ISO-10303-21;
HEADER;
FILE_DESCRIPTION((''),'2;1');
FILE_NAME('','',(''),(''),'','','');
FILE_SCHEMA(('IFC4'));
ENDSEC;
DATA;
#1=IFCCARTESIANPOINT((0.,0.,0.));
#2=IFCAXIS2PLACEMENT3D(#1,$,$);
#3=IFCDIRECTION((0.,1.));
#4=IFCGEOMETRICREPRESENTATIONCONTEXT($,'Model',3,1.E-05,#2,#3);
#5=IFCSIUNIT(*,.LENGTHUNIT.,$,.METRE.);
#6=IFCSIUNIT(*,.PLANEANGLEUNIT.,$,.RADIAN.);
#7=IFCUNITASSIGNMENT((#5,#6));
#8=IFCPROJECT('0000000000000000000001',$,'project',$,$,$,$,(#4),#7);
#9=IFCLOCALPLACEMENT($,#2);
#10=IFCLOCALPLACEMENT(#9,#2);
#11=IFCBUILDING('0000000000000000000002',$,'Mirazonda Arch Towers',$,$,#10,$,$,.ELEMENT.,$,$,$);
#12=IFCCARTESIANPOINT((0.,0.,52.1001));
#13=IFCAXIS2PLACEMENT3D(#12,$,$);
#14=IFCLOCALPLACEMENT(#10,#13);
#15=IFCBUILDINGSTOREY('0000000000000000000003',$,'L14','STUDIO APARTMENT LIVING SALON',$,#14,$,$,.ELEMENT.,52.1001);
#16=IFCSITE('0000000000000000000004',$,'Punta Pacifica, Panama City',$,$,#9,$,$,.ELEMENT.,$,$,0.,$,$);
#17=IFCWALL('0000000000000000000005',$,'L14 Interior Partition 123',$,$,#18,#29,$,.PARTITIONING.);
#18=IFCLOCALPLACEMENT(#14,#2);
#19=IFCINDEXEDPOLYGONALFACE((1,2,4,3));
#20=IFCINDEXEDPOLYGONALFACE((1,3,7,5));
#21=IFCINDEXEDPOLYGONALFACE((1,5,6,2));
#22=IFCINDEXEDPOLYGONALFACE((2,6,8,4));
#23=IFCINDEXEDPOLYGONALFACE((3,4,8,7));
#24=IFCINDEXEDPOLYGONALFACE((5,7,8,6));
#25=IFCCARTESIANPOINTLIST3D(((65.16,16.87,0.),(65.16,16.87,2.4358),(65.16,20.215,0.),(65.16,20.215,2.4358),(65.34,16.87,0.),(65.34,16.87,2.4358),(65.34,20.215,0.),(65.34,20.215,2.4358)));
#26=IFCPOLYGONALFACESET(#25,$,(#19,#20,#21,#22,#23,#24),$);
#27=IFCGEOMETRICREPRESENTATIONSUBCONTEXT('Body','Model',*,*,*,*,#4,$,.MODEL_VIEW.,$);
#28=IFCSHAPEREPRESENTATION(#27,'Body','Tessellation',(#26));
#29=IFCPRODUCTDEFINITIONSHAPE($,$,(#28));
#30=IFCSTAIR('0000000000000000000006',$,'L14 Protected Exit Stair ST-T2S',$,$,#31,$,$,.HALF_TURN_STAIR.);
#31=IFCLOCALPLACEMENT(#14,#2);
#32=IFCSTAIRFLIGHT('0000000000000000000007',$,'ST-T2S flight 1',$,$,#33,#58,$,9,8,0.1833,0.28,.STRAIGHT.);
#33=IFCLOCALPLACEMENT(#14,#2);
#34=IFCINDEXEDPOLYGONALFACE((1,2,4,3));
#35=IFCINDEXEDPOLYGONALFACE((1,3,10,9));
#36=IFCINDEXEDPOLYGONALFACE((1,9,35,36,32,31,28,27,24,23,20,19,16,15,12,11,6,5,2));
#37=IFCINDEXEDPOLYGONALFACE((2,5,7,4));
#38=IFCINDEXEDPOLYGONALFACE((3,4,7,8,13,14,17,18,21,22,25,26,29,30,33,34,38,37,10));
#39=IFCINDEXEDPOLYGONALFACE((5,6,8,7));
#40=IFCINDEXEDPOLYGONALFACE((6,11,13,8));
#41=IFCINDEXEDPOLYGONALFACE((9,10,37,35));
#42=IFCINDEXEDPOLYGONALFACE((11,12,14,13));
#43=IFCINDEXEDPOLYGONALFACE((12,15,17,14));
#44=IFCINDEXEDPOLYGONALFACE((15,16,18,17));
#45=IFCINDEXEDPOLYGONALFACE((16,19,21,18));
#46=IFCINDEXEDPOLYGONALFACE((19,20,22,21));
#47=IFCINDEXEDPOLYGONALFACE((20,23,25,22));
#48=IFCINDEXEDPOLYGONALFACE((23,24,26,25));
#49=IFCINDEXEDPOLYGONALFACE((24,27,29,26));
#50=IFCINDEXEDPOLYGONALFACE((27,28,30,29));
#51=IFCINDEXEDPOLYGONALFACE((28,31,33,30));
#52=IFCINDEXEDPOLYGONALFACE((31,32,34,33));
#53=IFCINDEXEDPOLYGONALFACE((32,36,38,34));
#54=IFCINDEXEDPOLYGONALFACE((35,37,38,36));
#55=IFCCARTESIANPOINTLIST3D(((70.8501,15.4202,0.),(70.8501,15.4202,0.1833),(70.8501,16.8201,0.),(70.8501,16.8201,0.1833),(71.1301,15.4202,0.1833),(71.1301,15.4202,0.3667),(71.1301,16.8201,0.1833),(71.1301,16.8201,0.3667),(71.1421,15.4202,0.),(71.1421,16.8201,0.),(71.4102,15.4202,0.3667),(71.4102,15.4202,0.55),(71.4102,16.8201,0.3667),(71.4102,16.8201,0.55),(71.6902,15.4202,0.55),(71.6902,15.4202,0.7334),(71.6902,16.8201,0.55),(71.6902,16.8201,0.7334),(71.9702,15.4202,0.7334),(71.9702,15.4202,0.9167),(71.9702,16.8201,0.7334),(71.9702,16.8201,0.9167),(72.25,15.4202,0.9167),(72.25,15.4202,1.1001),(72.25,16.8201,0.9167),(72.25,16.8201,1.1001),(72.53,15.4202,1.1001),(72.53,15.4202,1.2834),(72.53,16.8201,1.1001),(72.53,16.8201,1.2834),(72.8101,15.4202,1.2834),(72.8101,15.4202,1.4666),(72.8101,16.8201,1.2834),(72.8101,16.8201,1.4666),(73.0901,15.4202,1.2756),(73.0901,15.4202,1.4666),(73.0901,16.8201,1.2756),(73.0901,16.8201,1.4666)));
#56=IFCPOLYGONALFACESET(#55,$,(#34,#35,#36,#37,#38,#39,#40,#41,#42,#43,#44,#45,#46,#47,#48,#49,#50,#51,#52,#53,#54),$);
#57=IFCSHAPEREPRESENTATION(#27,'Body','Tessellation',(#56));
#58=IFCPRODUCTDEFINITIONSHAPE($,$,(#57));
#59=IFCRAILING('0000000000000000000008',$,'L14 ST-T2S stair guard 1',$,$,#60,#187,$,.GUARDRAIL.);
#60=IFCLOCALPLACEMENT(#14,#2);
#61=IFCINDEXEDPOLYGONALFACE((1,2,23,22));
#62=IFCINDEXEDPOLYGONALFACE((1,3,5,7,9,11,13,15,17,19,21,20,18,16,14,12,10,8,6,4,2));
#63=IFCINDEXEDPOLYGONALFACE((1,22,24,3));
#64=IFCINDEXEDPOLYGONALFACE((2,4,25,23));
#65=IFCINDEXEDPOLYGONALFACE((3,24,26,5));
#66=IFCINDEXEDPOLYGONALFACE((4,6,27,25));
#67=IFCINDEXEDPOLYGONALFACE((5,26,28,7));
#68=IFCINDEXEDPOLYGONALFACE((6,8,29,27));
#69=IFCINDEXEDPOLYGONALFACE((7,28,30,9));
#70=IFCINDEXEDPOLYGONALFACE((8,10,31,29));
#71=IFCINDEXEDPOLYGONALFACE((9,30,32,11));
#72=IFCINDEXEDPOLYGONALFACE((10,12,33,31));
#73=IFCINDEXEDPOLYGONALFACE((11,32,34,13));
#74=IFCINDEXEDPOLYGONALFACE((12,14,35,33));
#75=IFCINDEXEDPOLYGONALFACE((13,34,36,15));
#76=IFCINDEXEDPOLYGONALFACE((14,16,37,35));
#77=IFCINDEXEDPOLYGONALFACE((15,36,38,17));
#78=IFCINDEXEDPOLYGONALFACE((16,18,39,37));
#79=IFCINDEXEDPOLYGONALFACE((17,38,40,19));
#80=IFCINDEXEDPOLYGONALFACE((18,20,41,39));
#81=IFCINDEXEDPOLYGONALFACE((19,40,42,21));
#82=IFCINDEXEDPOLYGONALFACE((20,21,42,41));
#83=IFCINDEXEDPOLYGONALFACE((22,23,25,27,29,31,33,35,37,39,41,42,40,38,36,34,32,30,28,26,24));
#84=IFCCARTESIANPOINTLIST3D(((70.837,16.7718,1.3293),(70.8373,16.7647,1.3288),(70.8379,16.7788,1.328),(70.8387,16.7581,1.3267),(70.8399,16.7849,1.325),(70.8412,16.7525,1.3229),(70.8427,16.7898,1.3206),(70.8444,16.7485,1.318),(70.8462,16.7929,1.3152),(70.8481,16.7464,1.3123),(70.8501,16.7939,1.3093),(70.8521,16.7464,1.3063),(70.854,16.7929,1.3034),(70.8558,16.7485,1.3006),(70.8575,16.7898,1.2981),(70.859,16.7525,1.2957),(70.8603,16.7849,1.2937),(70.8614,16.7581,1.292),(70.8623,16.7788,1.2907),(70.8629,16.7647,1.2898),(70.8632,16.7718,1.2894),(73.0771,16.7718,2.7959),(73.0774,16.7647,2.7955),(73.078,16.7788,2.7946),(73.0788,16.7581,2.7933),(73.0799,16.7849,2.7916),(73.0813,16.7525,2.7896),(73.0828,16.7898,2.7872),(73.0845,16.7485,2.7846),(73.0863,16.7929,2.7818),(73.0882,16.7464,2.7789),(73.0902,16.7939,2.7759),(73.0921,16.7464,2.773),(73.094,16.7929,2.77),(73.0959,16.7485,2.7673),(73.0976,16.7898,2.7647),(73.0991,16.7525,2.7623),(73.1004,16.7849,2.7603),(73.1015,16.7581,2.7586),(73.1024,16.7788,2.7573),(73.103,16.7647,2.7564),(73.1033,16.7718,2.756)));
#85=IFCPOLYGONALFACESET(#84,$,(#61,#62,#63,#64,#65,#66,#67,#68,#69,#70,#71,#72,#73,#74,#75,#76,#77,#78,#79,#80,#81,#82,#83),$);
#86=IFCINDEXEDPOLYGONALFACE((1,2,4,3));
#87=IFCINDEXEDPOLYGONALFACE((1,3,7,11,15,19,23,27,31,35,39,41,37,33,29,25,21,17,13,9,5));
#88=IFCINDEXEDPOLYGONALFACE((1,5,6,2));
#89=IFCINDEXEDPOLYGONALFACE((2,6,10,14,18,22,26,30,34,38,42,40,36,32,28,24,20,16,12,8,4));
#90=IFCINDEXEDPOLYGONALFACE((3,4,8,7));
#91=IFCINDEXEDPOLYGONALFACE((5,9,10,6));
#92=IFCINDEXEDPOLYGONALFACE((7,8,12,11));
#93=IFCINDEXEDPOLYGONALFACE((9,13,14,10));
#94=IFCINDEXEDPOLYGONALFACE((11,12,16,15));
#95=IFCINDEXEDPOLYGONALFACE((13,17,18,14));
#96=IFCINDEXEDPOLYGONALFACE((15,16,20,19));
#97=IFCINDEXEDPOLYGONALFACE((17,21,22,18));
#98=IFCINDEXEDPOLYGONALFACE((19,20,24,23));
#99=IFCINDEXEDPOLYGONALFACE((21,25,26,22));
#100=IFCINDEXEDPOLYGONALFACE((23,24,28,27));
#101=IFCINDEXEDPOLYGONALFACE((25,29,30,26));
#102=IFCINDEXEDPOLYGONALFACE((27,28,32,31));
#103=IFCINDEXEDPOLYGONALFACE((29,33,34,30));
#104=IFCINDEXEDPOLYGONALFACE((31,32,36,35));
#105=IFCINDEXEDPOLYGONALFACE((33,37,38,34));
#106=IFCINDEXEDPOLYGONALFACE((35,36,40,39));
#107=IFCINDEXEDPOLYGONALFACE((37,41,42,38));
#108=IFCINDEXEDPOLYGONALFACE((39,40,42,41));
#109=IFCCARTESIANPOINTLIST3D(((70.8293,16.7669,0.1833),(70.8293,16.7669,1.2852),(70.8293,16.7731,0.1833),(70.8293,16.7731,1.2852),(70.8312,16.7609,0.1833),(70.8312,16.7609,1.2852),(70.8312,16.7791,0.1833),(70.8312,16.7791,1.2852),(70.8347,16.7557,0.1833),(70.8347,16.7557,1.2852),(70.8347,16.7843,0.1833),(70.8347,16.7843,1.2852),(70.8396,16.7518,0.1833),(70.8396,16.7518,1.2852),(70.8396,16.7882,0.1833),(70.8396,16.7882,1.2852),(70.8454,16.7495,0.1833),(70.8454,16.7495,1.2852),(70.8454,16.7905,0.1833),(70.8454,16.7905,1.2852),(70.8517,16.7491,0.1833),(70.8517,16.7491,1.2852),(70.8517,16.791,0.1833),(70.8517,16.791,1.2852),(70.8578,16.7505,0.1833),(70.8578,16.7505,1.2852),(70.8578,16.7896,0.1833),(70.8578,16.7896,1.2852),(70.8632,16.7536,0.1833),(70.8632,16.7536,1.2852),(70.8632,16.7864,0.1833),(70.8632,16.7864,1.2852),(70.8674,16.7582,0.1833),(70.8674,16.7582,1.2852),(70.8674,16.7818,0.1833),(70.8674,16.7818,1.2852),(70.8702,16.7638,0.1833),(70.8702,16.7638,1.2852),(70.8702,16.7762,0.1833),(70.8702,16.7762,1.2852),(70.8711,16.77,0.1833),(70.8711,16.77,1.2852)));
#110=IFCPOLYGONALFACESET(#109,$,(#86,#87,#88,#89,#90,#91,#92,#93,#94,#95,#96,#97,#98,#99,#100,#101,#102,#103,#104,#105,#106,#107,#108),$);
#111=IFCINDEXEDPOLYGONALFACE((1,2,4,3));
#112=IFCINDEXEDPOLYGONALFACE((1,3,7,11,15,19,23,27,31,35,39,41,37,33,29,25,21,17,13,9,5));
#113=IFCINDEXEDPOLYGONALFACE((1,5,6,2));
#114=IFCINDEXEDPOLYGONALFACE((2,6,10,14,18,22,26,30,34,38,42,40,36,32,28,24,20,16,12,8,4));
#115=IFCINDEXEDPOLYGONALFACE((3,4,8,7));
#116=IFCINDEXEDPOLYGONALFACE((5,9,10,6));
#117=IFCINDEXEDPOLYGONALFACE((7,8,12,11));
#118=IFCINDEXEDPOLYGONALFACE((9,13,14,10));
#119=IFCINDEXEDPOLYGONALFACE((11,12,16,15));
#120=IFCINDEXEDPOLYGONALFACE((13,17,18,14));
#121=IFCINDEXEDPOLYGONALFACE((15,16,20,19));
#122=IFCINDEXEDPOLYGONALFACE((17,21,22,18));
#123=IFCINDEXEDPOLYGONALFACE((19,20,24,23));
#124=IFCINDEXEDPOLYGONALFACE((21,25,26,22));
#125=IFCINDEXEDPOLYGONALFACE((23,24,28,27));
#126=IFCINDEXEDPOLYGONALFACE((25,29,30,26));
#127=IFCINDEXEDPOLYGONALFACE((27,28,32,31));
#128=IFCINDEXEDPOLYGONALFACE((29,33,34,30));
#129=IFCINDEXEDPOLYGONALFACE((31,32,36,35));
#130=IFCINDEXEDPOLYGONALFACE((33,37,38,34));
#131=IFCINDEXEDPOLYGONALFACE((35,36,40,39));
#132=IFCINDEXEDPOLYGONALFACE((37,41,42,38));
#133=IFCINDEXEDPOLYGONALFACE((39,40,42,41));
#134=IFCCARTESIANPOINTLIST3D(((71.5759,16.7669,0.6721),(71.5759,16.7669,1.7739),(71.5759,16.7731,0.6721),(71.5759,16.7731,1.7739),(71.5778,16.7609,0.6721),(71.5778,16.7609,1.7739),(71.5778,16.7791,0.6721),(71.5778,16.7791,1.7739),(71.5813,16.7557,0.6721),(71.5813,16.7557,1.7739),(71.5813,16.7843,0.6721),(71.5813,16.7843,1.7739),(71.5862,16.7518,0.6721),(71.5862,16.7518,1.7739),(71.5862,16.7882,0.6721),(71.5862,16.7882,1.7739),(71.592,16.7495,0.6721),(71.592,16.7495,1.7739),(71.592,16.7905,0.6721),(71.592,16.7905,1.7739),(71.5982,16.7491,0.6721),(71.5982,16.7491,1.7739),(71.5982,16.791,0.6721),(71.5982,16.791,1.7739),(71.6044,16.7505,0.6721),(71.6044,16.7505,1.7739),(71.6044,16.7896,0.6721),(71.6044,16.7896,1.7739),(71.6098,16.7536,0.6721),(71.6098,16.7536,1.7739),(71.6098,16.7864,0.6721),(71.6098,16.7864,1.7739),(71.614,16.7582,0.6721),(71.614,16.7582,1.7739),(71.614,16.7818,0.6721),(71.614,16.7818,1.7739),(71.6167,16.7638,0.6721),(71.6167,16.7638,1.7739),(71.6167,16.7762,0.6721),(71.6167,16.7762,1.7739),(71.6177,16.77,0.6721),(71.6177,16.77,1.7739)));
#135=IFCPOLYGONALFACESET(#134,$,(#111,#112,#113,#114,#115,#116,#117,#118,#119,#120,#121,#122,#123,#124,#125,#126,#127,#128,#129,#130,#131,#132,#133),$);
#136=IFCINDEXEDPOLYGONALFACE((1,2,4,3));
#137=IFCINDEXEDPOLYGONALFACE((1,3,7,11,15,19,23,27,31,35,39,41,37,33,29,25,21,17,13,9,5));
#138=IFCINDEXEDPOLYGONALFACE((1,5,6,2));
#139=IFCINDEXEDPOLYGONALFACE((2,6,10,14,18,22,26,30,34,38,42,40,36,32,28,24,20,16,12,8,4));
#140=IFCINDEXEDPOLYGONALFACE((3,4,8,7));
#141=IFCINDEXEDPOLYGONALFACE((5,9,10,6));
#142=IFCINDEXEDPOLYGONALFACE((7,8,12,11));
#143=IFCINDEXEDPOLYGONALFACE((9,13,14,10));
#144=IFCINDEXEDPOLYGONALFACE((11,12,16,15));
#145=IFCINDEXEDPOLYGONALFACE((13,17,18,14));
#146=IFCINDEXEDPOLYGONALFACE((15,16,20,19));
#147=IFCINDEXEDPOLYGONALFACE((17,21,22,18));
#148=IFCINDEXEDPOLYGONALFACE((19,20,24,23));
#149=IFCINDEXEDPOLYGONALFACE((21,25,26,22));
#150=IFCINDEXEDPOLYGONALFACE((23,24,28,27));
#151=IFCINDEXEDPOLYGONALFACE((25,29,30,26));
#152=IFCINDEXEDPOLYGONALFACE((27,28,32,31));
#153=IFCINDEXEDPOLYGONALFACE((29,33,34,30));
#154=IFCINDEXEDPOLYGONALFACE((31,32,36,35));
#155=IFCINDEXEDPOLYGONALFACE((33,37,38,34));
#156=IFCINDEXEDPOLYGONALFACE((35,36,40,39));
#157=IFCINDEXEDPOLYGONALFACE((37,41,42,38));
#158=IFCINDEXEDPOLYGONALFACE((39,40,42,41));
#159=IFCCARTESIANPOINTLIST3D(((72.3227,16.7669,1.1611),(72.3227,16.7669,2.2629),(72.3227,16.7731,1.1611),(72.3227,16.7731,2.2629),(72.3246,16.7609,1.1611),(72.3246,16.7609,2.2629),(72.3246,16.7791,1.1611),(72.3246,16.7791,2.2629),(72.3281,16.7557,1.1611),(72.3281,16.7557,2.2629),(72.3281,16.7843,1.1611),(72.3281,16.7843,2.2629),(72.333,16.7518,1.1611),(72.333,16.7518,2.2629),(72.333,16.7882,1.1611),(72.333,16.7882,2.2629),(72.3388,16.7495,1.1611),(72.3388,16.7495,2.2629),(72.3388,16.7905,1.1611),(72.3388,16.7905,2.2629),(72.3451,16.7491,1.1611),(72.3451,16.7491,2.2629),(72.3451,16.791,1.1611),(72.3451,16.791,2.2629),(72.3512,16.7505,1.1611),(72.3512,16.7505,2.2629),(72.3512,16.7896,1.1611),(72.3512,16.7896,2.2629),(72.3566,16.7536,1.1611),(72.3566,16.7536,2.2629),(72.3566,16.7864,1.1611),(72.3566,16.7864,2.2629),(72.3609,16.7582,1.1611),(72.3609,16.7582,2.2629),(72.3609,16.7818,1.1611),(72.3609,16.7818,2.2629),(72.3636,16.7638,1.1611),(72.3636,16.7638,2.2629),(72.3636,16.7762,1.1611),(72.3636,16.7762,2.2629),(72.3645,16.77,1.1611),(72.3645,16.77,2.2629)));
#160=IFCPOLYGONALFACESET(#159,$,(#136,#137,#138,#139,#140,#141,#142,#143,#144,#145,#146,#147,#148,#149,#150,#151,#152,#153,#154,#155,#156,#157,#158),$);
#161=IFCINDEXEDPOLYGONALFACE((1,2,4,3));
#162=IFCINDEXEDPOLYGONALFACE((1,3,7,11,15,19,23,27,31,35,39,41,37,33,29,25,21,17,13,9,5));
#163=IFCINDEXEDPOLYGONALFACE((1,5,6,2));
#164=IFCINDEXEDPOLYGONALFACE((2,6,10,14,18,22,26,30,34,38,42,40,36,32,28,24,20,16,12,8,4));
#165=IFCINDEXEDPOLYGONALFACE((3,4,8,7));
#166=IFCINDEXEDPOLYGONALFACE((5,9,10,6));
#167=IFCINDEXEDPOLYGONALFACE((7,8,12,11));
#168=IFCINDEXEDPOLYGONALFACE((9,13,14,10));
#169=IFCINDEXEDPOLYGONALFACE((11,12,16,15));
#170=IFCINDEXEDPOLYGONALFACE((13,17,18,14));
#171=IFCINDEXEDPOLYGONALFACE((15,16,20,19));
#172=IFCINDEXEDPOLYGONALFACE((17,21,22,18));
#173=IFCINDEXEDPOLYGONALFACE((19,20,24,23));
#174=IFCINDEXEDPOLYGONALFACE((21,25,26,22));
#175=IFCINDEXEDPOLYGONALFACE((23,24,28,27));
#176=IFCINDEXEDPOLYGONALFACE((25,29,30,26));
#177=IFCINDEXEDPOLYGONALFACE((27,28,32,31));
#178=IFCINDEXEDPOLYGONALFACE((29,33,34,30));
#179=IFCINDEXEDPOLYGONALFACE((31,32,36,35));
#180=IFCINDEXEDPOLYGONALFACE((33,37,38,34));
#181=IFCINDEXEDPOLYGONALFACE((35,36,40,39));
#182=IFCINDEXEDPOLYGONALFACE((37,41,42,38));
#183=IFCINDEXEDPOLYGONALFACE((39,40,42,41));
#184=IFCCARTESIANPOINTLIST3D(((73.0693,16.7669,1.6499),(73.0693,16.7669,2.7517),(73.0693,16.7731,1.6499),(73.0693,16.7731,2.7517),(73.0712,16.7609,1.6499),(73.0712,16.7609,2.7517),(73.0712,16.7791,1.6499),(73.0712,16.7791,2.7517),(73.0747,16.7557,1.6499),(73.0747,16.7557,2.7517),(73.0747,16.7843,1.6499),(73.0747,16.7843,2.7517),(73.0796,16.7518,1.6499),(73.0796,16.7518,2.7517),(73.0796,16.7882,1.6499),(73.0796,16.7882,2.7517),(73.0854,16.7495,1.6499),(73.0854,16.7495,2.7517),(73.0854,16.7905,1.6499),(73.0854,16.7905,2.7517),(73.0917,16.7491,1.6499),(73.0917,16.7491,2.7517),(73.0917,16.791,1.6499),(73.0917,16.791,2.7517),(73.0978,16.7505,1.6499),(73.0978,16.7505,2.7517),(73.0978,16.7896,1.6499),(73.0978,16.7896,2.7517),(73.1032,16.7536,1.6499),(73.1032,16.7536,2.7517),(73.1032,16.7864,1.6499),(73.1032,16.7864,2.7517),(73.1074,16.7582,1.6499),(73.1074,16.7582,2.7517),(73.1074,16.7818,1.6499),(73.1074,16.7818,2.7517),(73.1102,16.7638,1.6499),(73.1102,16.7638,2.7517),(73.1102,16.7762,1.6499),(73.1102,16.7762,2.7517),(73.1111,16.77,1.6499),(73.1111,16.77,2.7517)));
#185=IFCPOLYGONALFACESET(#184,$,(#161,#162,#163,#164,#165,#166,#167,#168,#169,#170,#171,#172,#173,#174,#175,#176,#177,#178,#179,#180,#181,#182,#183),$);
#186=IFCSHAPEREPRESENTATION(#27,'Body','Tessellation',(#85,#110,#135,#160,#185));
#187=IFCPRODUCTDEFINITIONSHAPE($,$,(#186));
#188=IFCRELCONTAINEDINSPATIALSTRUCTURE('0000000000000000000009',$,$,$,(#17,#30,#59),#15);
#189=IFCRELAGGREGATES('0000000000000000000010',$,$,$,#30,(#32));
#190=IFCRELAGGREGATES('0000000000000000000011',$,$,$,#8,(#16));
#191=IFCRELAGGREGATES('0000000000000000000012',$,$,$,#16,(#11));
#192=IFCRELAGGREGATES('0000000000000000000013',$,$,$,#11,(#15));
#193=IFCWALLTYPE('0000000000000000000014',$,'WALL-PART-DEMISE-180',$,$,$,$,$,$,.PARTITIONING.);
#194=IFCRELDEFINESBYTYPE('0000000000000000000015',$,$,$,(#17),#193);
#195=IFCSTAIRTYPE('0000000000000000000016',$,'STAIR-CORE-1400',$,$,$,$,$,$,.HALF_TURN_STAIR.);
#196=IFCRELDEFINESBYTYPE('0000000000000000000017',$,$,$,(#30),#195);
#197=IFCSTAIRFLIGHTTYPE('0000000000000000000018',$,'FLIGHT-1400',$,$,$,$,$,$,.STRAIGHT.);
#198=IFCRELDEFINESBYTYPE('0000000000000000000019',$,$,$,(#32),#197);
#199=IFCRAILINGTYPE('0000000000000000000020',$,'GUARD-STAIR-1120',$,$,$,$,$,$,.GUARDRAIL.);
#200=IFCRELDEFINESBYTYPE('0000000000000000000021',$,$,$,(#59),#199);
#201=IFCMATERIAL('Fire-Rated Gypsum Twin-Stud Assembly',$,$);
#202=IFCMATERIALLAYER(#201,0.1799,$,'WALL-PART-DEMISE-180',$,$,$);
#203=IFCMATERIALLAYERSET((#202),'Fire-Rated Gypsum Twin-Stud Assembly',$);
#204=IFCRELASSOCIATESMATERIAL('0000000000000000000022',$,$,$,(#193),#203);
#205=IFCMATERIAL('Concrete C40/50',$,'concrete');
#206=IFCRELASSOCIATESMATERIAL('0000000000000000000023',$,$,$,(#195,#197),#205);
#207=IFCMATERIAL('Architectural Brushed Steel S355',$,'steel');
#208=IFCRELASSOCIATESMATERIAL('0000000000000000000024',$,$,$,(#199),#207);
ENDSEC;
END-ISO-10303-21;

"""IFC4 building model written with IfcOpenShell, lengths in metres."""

from ifc_helpers import new_model, si_unit, direction, frame, frame_2d, origin, origin_2d, place, context, subcontext, project, spatial, polyline, rectangle, circle, outline, extrude, material, layer, layer_set, type_object, element, aggregate, save


model = new_model("IFC4")

# Units and contexts
model_context = context("Model", 3, precision=1e-05, world=origin(), true_north=direction((0.0, 1.0)))
body_context = subcontext(model_context, "Body", "Model", "MODEL_VIEW")
ifc_project = project(units=[si_unit("LENGTHUNIT", "METRE"), si_unit("PLANEANGLEUNIT", "RADIAN")], contexts=[model_context])

# Site, building, storey
site_placement = place(None, origin())
site = spatial("IfcSite", under=ifc_project, at=site_placement, Name="Punta Pacifica, Panama City", CompositionType="ELEMENT", RefElevation=0.0)
building_placement = place(site_placement, origin())
building = spatial("IfcBuilding", under=site, at=building_placement, Name="Mirazonda Arch Towers", CompositionType="ELEMENT")
storey_placement = place(building_placement, frame((0.0, 0.0, 52.1001)))
storey = spatial("IfcBuildingStorey", under=building, at=storey_placement, Name="L14", Description="STUDIO APARTMENT LIVING SALON", CompositionType="ELEMENT", Elevation=52.1001)

# Shared definitions
ifc_material_1 = material(Name="Architectural Brushed Steel S355", Category="steel")

# Wall
ifc_material_2 = material(Name="Fire-Rated Gypsum Twin-Stud Assembly")
ifc_layer_1 = layer(ifc_material_2, 0.1799, Name="WALL-PART-DEMISE-180")
ifc_layer_set_1 = layer_set([ifc_layer_1], Name="Fire-Rated Gypsum Twin-Stud Assembly")
wall_type_1 = type_object("IfcWallType", Name="WALL-PART-DEMISE-180", PredefinedType="PARTITIONING", material=ifc_layer_set_1)
wall_1_placement = place(storey_placement, frame((65.25, 16.8701, 0.0), z_axis=(0.0, 0.0, 1.0), x_axis=(0.0, 1.0, 0.0)))
element("IfcWall", 1, at=wall_1_placement, inside=storey, type_object=wall_type_1, Name="L14 Interior Partition 123", PredefinedType="PARTITIONING", context=body_context, shape_type="SweptSolid", body=[
    extrude(rectangle(XDim=3.345, YDim=0.1799, at=frame_2d((1.6724, 0.0))), origin(), (0.0, 0.0, 1.0), 2.4358),
])

# Stair, stair flight
ifc_material_3 = material(Name="Concrete C40/50", Category="concrete")
stair_type = type_object("IfcStairType", Name="STAIR-CORE-1400", PredefinedType="HALF_TURN_STAIR", material=ifc_material_3)
stair_placement = place(storey_placement, origin())
stair = element("IfcStair", 2, at=stair_placement, inside=storey, type_object=stair_type, Name="L14 Protected Exit Stair ST-T2S", PredefinedType="HALF_TURN_STAIR")
stair_flight_type = type_object("IfcStairFlightType", Name="FLIGHT-1400", PredefinedType="STRAIGHT", material=ifc_material_3)
stair_flight_placement = place(storey_placement, frame((70.8501, 16.1201, 0.0), z_axis=(0.0, 0.0, 1.0), x_axis=(1.0, 0.0, 0.0)))
stair_flight = element("IfcStairFlight", 3, at=stair_flight_placement, type_object=stair_flight_type, Name="ST-T2S flight 1", NumberOfRisers=9, NumberOfTreads=8, PredefinedType="STRAIGHT", RiserHeight=0.1833, TreadLength=0.28, context=body_context, shape_type="SweptSolid", body=[
    extrude(outline(polyline([(0.0, 0.0), (0.0, 0.1833), (0.28, 0.1833), (0.28, 0.3667), (0.5601, 0.3667), (0.5601, 0.55), (0.8401, 0.55), (0.8401, 0.7334), (1.1201, 0.7334), (1.1201, 0.9167), (1.3999, 0.9167), (1.3999, 1.1001), (1.6799, 1.1001), (1.6799, 1.2834), (1.96, 1.2834), (1.96, 1.4666), (2.24, 1.4666), (2.24, 1.6499), (2.24, 1.2756), (0.292, 0.0), (0.0, 0.0)])), frame((0.0, 0.7, 0.0), z_axis=(0.0, -1.0, 0.0), x_axis=(1.0, 0.0, 0.0)), (0.0, 0.0, 1.0), 1.3999),
])
aggregate(stair, [stair_flight])

# Railing
railing_type_1 = type_object("IfcRailingType", Name="GUARD-STAIR-1120", PredefinedType="GUARDRAIL", material=ifc_material_1)
railing_1_placement = place(storey_placement, frame((70.8501, 16.77, 0.1833)))
element("IfcRailing", 4, at=railing_1_placement, inside=storey, type_object=railing_type_1, Name="L14 ST-T2S stair guard 1", PredefinedType="GUARDRAIL", context=body_context, shape_type="SweptSolid", body=[
    extrude(circle(Radius=0.0239, at=origin_2d()), frame((0.0, 0.0, 1.126), z_axis=(0.836637, 0.0, 0.547758), x_axis=(0.0, 1.0, 0.0)), (0.0, 0.0, 1.0), 2.6775),
    extrude(circle(Radius=0.021, at=origin_2d()), origin(), (0.0, 0.0, 1.0), 1.1018),
    extrude(circle(Radius=0.021, at=origin_2d()), frame((0.7466, 0.0, 0.4888)), (0.0, 0.0, 1.0), 1.1018),
    extrude(circle(Radius=0.021, at=origin_2d()), frame((1.4934, 0.0, 0.9778)), (0.0, 0.0, 1.0), 1.1018),
    extrude(circle(Radius=0.021, at=origin_2d()), frame((2.24, 0.0, 1.4666)), (0.0, 0.0, 1.0), 1.1018),
])

save(model, "model.ifc")
